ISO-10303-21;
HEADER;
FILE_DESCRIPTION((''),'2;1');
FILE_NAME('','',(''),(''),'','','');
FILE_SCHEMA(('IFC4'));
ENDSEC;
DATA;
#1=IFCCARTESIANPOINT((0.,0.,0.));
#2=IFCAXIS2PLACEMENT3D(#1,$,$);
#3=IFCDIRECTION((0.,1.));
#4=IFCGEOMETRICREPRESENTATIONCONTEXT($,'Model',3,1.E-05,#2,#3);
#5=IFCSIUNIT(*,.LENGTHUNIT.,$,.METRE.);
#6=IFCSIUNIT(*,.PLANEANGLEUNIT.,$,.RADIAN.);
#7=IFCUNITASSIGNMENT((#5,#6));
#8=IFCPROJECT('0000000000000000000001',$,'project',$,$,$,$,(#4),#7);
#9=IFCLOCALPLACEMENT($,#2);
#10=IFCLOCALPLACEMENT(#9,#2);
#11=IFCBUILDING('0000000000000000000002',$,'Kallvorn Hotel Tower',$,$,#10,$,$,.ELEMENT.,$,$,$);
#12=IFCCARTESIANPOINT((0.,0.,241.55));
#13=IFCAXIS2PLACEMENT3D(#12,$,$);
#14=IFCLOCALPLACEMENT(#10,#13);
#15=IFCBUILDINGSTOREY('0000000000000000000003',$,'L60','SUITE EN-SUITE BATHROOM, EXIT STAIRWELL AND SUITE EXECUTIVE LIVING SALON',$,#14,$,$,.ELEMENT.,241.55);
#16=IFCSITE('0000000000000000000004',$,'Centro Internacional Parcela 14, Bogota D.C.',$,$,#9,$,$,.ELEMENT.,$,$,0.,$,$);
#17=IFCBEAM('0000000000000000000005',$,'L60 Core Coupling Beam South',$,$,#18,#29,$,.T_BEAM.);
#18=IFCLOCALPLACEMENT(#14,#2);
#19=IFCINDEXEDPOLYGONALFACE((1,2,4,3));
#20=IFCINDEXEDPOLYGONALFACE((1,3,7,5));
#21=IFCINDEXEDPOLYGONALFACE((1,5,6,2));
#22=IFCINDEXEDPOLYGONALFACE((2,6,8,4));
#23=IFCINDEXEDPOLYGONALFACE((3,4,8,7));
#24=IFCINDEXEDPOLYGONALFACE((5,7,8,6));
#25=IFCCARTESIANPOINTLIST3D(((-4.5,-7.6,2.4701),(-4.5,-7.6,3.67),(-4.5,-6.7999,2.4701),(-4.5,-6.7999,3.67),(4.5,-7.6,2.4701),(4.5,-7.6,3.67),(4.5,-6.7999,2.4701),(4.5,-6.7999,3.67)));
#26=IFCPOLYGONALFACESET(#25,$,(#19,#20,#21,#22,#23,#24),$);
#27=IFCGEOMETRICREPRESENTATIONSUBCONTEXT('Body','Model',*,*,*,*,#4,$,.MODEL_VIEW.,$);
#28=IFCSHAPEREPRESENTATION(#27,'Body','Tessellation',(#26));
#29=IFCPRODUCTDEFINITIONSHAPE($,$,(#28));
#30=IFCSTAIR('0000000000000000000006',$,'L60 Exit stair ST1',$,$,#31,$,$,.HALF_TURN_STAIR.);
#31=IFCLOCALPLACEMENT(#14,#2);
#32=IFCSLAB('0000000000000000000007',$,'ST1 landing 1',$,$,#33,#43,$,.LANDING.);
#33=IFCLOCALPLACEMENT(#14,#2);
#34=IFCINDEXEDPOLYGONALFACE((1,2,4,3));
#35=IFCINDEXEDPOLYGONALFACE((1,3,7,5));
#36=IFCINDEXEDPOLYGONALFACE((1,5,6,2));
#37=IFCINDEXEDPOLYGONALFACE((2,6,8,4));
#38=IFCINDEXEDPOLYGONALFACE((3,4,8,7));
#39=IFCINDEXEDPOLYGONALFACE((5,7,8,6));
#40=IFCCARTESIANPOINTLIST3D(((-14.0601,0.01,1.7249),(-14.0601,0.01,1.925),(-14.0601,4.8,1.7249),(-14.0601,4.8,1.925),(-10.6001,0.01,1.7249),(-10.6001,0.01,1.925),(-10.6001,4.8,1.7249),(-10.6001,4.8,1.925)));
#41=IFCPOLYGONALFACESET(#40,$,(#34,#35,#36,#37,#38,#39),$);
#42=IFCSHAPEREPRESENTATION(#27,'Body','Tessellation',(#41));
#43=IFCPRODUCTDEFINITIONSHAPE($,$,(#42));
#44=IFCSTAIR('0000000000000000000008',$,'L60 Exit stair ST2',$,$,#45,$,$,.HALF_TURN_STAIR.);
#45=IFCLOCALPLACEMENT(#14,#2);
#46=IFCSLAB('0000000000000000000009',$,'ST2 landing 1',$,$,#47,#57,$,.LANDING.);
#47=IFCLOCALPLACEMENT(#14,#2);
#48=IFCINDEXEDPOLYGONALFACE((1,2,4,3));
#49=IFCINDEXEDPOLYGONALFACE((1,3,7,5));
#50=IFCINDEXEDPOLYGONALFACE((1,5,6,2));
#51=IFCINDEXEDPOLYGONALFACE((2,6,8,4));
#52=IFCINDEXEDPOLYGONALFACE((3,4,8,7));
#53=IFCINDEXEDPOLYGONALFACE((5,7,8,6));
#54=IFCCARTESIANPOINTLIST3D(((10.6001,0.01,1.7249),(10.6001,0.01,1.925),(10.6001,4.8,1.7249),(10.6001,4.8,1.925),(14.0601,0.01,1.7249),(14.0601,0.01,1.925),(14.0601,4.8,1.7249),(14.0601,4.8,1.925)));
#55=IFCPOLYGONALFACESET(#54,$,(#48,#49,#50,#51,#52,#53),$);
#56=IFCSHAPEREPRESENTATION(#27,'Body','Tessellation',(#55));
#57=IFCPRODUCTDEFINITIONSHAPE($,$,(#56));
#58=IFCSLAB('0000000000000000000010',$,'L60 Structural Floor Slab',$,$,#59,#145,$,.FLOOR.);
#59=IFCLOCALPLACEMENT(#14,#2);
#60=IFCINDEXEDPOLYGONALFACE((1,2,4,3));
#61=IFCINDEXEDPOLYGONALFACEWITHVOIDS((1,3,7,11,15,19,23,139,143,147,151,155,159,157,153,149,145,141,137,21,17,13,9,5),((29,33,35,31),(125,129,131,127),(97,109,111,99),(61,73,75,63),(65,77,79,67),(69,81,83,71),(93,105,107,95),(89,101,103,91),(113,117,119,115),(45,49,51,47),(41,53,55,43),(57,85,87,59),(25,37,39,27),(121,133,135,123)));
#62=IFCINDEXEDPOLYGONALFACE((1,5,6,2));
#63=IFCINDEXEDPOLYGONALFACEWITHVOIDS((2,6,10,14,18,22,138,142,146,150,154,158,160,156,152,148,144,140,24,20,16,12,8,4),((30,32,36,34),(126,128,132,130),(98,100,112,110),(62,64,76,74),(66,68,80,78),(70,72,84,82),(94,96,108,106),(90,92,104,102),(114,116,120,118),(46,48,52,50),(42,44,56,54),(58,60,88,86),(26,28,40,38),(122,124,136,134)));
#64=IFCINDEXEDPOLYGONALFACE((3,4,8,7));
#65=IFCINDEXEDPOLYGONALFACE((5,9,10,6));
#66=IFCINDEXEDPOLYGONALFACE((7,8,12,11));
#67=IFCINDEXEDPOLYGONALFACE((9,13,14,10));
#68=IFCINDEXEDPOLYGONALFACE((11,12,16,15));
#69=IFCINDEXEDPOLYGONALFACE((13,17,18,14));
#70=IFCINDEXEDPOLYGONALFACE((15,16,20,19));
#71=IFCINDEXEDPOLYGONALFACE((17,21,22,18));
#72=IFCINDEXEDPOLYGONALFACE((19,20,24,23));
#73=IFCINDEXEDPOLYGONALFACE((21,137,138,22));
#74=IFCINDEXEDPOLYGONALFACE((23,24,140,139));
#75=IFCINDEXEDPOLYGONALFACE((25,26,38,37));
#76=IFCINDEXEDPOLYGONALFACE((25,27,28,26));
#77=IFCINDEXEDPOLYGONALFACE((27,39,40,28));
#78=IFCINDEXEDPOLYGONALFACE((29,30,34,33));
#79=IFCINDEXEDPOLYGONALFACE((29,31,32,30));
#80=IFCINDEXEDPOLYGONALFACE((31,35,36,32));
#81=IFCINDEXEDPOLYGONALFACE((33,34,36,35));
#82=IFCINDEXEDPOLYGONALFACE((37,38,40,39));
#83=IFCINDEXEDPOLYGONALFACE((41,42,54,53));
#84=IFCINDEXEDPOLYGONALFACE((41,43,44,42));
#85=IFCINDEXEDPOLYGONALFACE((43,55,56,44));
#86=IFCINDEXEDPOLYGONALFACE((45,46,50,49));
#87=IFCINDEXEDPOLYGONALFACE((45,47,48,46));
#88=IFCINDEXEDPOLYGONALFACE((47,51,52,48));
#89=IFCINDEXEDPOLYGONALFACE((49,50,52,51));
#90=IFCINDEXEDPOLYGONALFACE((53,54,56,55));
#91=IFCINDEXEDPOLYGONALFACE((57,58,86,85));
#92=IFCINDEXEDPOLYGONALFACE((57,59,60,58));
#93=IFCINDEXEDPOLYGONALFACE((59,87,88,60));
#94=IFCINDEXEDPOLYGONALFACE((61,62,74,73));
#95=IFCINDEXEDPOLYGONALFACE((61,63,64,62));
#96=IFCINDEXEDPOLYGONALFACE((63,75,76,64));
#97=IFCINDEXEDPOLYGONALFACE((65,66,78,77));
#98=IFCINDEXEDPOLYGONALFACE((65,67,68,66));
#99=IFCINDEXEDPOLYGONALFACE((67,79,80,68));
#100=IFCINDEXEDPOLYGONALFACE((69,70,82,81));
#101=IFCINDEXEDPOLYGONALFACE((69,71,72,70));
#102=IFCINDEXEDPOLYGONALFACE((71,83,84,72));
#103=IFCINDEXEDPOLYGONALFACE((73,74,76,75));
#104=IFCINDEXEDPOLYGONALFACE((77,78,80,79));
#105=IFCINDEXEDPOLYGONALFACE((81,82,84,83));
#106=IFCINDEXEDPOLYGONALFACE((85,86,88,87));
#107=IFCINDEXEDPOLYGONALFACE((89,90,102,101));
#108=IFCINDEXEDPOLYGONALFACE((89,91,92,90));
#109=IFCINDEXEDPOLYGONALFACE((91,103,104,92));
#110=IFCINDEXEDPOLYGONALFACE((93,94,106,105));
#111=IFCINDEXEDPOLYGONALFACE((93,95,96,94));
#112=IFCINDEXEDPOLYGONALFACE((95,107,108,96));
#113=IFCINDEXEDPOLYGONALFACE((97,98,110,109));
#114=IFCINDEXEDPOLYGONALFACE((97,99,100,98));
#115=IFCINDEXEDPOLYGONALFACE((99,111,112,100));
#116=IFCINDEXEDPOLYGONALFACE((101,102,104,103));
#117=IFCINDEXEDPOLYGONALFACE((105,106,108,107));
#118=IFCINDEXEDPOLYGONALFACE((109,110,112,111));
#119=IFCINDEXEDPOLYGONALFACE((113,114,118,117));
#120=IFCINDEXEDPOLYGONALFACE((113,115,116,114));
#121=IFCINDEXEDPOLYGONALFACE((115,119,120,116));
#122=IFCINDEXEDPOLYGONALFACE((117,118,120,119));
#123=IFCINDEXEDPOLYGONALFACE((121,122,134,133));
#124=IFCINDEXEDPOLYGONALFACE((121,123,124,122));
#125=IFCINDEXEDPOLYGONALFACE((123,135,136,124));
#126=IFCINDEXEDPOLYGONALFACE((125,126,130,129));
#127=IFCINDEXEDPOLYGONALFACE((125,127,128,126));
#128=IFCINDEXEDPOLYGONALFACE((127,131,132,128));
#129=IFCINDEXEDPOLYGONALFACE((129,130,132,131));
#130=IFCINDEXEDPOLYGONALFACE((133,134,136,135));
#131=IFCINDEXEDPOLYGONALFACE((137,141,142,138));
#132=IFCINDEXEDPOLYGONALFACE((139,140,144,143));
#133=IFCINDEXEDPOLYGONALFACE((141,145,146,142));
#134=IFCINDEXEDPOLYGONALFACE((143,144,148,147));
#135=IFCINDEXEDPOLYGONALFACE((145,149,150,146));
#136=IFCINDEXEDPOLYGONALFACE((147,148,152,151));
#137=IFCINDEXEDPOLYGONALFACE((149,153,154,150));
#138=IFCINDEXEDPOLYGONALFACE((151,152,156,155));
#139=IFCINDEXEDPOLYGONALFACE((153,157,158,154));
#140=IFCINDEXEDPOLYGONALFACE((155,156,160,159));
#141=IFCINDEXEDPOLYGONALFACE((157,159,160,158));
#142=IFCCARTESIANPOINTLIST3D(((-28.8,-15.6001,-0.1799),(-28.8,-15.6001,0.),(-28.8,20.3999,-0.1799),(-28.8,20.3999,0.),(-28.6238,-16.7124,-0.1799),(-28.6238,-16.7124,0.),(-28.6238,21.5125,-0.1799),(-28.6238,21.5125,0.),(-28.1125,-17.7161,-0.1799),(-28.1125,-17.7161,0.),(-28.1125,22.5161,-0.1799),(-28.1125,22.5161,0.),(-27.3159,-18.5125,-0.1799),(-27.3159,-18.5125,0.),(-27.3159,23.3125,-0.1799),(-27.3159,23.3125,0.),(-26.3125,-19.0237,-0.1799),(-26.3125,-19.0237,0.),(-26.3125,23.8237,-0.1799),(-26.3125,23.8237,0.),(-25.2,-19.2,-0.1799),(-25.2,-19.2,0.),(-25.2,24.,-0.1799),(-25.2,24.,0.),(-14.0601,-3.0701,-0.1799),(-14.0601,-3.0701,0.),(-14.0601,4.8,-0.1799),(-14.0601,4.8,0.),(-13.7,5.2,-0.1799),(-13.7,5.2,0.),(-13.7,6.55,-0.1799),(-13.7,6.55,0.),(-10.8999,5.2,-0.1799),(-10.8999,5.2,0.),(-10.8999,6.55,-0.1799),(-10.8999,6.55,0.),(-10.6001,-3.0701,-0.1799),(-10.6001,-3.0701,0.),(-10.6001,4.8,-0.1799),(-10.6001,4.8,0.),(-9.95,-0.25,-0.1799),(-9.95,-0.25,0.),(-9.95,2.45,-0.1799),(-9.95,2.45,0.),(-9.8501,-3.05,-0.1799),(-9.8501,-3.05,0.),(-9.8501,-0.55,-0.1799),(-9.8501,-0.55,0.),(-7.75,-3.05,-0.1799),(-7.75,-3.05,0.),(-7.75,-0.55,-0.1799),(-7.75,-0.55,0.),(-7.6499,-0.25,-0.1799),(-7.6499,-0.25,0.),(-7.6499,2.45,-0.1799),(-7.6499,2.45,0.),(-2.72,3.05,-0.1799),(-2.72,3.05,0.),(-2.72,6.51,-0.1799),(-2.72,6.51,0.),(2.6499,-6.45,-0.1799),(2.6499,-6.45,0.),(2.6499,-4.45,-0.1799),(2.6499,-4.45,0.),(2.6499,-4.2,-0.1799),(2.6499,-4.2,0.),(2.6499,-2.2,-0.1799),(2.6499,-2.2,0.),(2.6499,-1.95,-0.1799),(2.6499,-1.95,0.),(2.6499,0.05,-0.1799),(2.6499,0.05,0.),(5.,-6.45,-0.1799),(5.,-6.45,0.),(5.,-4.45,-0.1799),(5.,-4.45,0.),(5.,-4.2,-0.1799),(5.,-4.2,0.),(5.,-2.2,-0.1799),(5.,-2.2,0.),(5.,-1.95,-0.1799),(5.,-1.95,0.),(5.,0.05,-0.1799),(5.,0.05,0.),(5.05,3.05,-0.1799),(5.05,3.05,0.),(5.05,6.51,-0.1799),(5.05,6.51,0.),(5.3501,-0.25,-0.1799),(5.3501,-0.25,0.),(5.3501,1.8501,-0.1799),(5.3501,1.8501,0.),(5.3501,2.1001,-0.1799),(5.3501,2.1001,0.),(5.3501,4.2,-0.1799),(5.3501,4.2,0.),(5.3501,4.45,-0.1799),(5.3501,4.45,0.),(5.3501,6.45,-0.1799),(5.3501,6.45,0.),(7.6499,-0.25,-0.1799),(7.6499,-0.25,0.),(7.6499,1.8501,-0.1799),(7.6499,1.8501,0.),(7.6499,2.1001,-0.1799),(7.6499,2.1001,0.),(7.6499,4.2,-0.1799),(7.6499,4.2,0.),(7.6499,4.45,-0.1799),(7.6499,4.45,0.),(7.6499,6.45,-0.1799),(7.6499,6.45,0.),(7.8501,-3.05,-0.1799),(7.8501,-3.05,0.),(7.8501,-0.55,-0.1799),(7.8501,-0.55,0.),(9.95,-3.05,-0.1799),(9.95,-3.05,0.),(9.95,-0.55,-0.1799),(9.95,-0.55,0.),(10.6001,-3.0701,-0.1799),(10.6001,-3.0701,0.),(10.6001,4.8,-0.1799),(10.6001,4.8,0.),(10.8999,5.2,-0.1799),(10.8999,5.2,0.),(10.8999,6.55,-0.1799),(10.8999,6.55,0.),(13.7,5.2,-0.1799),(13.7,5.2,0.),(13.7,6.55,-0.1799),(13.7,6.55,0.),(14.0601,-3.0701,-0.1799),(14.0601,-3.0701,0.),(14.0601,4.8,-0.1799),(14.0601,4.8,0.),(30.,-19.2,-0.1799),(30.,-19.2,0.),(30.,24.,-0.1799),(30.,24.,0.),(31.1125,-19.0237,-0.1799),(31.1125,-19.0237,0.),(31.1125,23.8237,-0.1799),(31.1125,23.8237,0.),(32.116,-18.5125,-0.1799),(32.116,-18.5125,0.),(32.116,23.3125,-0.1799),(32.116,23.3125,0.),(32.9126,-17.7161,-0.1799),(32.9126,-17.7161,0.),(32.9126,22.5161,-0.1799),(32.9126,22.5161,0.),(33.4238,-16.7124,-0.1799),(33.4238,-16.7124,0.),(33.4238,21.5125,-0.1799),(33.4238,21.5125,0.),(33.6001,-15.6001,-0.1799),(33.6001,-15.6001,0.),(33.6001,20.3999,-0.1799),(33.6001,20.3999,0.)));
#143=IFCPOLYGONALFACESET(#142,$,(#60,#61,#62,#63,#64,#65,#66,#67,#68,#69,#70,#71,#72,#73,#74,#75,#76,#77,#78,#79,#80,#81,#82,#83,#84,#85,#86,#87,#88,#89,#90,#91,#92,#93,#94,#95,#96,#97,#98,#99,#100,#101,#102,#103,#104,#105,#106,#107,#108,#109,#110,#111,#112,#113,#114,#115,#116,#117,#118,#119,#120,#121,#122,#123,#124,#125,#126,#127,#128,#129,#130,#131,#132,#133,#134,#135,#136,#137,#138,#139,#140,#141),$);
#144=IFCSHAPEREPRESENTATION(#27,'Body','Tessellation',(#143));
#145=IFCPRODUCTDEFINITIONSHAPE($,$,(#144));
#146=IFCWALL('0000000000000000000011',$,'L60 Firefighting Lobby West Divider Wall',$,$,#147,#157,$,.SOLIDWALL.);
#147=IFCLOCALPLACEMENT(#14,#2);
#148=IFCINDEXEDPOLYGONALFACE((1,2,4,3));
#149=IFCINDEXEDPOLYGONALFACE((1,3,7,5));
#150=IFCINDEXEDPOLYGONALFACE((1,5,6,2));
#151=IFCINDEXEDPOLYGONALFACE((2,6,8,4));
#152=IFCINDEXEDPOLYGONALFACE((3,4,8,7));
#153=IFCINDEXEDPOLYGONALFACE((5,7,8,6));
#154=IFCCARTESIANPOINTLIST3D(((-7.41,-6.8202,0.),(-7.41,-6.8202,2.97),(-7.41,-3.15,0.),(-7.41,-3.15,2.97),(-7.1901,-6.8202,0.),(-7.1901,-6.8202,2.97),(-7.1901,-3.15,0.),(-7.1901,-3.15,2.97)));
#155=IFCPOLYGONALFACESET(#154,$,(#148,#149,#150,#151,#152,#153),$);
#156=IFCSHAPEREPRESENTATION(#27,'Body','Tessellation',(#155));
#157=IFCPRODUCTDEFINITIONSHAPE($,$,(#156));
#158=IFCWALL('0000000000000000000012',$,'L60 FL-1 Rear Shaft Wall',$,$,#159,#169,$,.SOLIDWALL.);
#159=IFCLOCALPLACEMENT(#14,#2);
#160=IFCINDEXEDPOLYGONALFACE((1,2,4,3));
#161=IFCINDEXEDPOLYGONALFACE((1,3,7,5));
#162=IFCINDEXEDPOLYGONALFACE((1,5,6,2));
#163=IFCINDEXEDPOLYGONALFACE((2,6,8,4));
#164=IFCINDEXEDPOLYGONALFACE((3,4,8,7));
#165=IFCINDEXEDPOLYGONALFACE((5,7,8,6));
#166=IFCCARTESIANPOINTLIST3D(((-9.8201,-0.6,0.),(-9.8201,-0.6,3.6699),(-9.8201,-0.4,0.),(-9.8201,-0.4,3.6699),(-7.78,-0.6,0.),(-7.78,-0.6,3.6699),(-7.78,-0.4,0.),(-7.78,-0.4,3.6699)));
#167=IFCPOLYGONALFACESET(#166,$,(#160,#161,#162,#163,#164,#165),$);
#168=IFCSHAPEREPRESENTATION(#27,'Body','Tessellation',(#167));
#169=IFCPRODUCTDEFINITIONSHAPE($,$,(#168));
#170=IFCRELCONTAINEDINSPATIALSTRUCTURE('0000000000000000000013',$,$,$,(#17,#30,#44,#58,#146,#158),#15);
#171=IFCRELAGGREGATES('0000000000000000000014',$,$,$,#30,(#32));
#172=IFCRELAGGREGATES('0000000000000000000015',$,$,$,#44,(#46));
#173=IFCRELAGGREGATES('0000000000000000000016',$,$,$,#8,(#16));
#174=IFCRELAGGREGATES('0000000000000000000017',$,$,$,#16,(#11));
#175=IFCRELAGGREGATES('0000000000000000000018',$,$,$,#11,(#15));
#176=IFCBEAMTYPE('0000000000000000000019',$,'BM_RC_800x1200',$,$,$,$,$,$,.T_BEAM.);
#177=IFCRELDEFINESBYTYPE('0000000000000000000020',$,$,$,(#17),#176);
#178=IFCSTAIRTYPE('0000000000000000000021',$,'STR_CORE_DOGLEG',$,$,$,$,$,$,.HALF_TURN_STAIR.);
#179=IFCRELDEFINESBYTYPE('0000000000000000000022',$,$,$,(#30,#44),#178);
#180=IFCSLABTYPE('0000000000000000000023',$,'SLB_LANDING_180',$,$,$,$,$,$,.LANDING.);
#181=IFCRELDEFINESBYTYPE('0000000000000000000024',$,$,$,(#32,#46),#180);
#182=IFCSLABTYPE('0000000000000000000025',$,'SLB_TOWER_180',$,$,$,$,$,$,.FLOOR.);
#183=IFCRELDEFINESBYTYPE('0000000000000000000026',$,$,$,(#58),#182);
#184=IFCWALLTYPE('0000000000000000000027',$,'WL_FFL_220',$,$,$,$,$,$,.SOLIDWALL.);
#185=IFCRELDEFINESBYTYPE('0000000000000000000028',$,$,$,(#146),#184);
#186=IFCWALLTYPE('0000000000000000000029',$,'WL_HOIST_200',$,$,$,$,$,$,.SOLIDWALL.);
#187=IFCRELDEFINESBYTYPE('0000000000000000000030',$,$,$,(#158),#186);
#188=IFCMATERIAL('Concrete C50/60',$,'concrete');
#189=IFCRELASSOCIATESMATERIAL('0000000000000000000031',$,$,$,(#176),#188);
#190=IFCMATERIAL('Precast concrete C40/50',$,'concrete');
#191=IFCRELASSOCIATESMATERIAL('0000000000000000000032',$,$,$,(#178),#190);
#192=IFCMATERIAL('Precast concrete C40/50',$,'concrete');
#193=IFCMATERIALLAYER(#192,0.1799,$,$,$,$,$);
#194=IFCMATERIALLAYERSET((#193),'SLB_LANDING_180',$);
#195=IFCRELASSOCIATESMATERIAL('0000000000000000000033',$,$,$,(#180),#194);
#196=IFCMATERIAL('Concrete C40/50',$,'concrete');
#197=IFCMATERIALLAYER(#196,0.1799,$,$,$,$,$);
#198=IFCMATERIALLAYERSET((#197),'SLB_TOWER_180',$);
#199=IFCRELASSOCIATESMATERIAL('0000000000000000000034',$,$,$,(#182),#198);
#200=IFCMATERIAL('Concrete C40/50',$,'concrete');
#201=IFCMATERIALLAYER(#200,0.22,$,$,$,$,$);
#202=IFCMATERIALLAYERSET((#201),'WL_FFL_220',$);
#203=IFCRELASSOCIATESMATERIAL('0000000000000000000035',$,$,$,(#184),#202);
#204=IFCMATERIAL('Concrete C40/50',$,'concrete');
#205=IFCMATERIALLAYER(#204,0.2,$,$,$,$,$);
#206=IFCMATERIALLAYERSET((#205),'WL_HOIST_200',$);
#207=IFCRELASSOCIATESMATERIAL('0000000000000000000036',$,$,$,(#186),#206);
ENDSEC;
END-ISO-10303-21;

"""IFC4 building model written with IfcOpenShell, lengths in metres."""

from ifc_helpers import new_model, si_unit, direction, frame, frame_2d, origin, origin_2d, place, context, subcontext, project, spatial, polyline, rectangle, outline, extrude, material, layer, layer_set, material_profile, profile_set, type_object, element, aggregate, save


model = new_model("IFC4")

# Units and contexts
model_context = context("Model", 3, precision=1e-05, world=origin(), true_north=direction((0.0, 1.0)))
body_context = subcontext(model_context, "Body", "Model", "MODEL_VIEW")
ifc_project = project(units=[si_unit("LENGTHUNIT", "METRE"), si_unit("PLANEANGLEUNIT", "RADIAN")], contexts=[model_context])

# Site, building, storey
site_placement = place(None, origin())
site = spatial("IfcSite", under=ifc_project, at=site_placement, Name="Centro Internacional Parcela 14, Bogota D.C.", CompositionType="ELEMENT", RefElevation=0.0)
building_placement = place(site_placement, origin())
building = spatial("IfcBuilding", under=site, at=building_placement, Name="Kallvorn Hotel Tower", CompositionType="ELEMENT")
storey_placement = place(building_placement, frame((0.0, 0.0, 241.55)))
storey = spatial("IfcBuildingStorey", under=building, at=storey_placement, Name="L60", Description="SUITE EN-SUITE BATHROOM, EXIT STAIRWELL AND SUITE EXECUTIVE LIVING SALON", CompositionType="ELEMENT", Elevation=241.55)

# Beam
ifc_material_1 = material(Name="Concrete C50/60", Category="concrete")
ifc_material_profile = material_profile(ifc_material_1, rectangle(XDim=0.8, YDim=1.2, at=origin_2d()), Name="RC 800x1200")
ifc_profile_set = profile_set([ifc_material_profile], Name="Concrete C50/60")
beam_type = type_object("IfcBeamType", Name="BM_RC_800x1200", PredefinedType="T_BEAM", material=ifc_profile_set)
beam_placement = place(storey_placement, frame((-4.5, -7.2, 3.0701), z_axis=(1.0, 0.0, 0.0), x_axis=(0.0, 1.0, 0.0)))
element("IfcBeam", 1, at=beam_placement, inside=storey, type_object=beam_type, Name="L60 Core Coupling Beam South", PredefinedType="T_BEAM", context=body_context, shape_type="SweptSolid", body=[
    extrude(rectangle(XDim=0.8, YDim=1.2, at=origin_2d()), origin(), (0.0, 0.0, 1.0), 9.0),
])

# Stairs, slabs
ifc_material_2 = material(Name="Precast concrete C40/50", Category="concrete")
stair_type = type_object("IfcStairType", Name="STR_CORE_DOGLEG", PredefinedType="HALF_TURN_STAIR", material=ifc_material_2)
stair_1_placement = place(storey_placement, origin())
stair_1 = element("IfcStair", 2, at=stair_1_placement, inside=storey, type_object=stair_type, Name="L60 Exit stair ST1", PredefinedType="HALF_TURN_STAIR")
ifc_material_3 = material(Name="Precast concrete C40/50", Category="concrete")
ifc_layer_1 = layer(ifc_material_3, 0.1799)
ifc_layer_set_1 = layer_set([ifc_layer_1], Name="SLB_LANDING_180")
slab_type_1 = type_object("IfcSlabType", Name="SLB_LANDING_180", PredefinedType="LANDING", material=ifc_layer_set_1)
slab_1_placement = place(storey_placement, frame((0.0, 0.0, 1.7249)))
slab_1 = element("IfcSlab", 3, at=slab_1_placement, type_object=slab_type_1, Name="ST1 landing 1", PredefinedType="LANDING", context=body_context, shape_type="SweptSolid", body=[
    extrude(outline(polyline([(-10.6001, 0.01), (-10.6001, 4.8), (-14.0601, 4.8), (-14.0601, 0.01), (-10.6001, 0.01)])), origin(), (0.0, 0.0, 1.0), 0.2002),
])
aggregate(stair_1, [slab_1])
stair_2_placement = place(storey_placement, origin())
stair_2 = element("IfcStair", 4, at=stair_2_placement, inside=storey, type_object=stair_type, Name="L60 Exit stair ST2", PredefinedType="HALF_TURN_STAIR")
slab_2_placement = place(storey_placement, frame((0.0, 0.0, 1.7249)))
slab_2 = element("IfcSlab", 5, at=slab_2_placement, type_object=slab_type_1, Name="ST2 landing 1", PredefinedType="LANDING", context=body_context, shape_type="SweptSolid", body=[
    extrude(outline(polyline([(14.0601, 0.01), (14.0601, 4.8), (10.6001, 4.8), (10.6001, 0.01), (14.0601, 0.01)])), origin(), (0.0, 0.0, 1.0), 0.2002),
])
aggregate(stair_2, [slab_2])

# Slab
ifc_material_4 = material(Name="Concrete C40/50", Category="concrete")
ifc_layer_2 = layer(ifc_material_4, 0.1799)
ifc_layer_set_2 = layer_set([ifc_layer_2], Name="SLB_TOWER_180")
slab_type_2 = type_object("IfcSlabType", Name="SLB_TOWER_180", PredefinedType="FLOOR", material=ifc_layer_set_2)
slab_3_placement = place(storey_placement, frame((0.0, 0.0, -0.1799)))
element("IfcSlab", 6, at=slab_3_placement, inside=storey, type_object=slab_type_2, Name="L60 Structural Floor Slab", PredefinedType="FLOOR", context=body_context, shape_type="SweptSolid", body=[
    extrude(outline(polyline([(30.0, -19.2), (31.1125, -19.0237), (32.116, -18.5125), (32.9126, -17.7161), (33.4238, -16.7124), (33.6001, -15.6001), (33.6001, 20.3999), (33.4238, 21.5125), (32.9126, 22.5161), (32.116, 23.3125), (31.1125, 23.8237), (30.0, 24.0), (-25.2, 24.0), (-26.3125, 23.8237), (-27.3159, 23.3125), (-28.1125, 22.5161), (-28.6238, 21.5125), (-28.8, 20.3999), (-28.8, -15.6001), (-28.6238, -16.7124), (-28.1125, -17.7161), (-27.3159, -18.5125), (-26.3125, -19.0237), (-25.2, -19.2), (30.0, -19.2)]), holes=[polyline([(-10.6001, -3.0701), (-10.6001, 4.8), (-14.0601, 4.8), (-14.0601, -3.0701), (-10.6001, -3.0701)]), polyline([(14.0601, -3.0701), (14.0601, 4.8), (10.6001, 4.8), (10.6001, -3.0701), (14.0601, -3.0701)]), polyline([(-2.72, 3.05), (5.05, 3.05), (5.05, 6.51), (-2.72, 6.51), (-2.72, 3.05)]), polyline([(2.6499, -6.45), (5.0, -6.45), (5.0, -4.45), (2.6499, -4.45), (2.6499, -6.45)]), polyline([(2.6499, -4.2), (5.0, -4.2), (5.0, -2.2), (2.6499, -2.2), (2.6499, -4.2)]), polyline([(2.6499, -1.95), (5.0, -1.95), (5.0, 0.05), (2.6499, 0.05), (2.6499, -1.95)]), polyline([(5.3501, -0.25), (7.6499, -0.25), (7.6499, 1.8501), (5.3501, 1.8501), (5.3501, -0.25)]), polyline([(5.3501, 2.1001), (7.6499, 2.1001), (7.6499, 4.2), (5.3501, 4.2), (5.3501, 2.1001)]), polyline([(5.3501, 4.45), (7.6499, 4.45), (7.6499, 6.45), (5.3501, 6.45), (5.3501, 4.45)]), polyline([(-9.8501, -3.05), (-7.75, -3.05), (-7.75, -0.55), (-9.8501, -0.55), (-9.8501, -3.05)]), polyline([(7.8501, -3.05), (9.95, -3.05), (9.95, -0.55), (7.8501, -0.55), (7.8501, -3.05)]), polyline([(-9.95, -0.25), (-7.6499, -0.25), (-7.6499, 2.45), (-9.95, 2.45), (-9.95, -0.25)]), polyline([(-13.7, 5.2), (-10.8999, 5.2), (-10.8999, 6.55), (-13.7, 6.55), (-13.7, 5.2)]), polyline([(10.8999, 5.2), (13.7, 5.2), (13.7, 6.55), (10.8999, 6.55), (10.8999, 5.2)])]), origin(), (0.0, 0.0, 1.0), 0.1799),
])

# Walls
ifc_material_5 = material(Name="Concrete C40/50", Category="concrete")
ifc_layer_3 = layer(ifc_material_5, 0.22)
ifc_layer_set_3 = layer_set([ifc_layer_3], Name="WL_FFL_220")
wall_type_1 = type_object("IfcWallType", Name="WL_FFL_220", PredefinedType="SOLIDWALL", material=ifc_layer_set_3)
wall_1_placement = place(storey_placement, frame((-7.3, -6.8201, 0.0), z_axis=(0.0, 0.0, 1.0), x_axis=(0.0, 1.0, 0.0)))
element("IfcWall", 7, at=wall_1_placement, inside=storey, type_object=wall_type_1, Name="L60 Firefighting Lobby West Divider Wall", PredefinedType="SOLIDWALL", context=body_context, shape_type="SweptSolid", body=[
    extrude(rectangle(XDim=3.6702, YDim=0.22, at=frame_2d((1.835, 0.0))), origin(), (0.0, 0.0, 1.0), 2.97),
])
ifc_material_6 = material(Name="Concrete C40/50", Category="concrete")
ifc_layer_4 = layer(ifc_material_6, 0.2)
ifc_layer_set_4 = layer_set([ifc_layer_4], Name="WL_HOIST_200")
wall_type_2 = type_object("IfcWallType", Name="WL_HOIST_200", PredefinedType="SOLIDWALL", material=ifc_layer_set_4)
wall_2_placement = place(storey_placement, frame((-9.8201, -0.5, 0.0), z_axis=(0.0, 0.0, 1.0), x_axis=(1.0, 0.0, 0.0)))
element("IfcWall", 8, at=wall_2_placement, inside=storey, type_object=wall_type_2, Name="L60 FL-1 Rear Shaft Wall", PredefinedType="SOLIDWALL", context=body_context, shape_type="SweptSolid", body=[
    extrude(rectangle(XDim=2.04, YDim=0.2, at=frame_2d((1.02, 0.0))), origin(), (0.0, 0.0, 1.0), 3.6699),
])

save(model, "model.ifc")
